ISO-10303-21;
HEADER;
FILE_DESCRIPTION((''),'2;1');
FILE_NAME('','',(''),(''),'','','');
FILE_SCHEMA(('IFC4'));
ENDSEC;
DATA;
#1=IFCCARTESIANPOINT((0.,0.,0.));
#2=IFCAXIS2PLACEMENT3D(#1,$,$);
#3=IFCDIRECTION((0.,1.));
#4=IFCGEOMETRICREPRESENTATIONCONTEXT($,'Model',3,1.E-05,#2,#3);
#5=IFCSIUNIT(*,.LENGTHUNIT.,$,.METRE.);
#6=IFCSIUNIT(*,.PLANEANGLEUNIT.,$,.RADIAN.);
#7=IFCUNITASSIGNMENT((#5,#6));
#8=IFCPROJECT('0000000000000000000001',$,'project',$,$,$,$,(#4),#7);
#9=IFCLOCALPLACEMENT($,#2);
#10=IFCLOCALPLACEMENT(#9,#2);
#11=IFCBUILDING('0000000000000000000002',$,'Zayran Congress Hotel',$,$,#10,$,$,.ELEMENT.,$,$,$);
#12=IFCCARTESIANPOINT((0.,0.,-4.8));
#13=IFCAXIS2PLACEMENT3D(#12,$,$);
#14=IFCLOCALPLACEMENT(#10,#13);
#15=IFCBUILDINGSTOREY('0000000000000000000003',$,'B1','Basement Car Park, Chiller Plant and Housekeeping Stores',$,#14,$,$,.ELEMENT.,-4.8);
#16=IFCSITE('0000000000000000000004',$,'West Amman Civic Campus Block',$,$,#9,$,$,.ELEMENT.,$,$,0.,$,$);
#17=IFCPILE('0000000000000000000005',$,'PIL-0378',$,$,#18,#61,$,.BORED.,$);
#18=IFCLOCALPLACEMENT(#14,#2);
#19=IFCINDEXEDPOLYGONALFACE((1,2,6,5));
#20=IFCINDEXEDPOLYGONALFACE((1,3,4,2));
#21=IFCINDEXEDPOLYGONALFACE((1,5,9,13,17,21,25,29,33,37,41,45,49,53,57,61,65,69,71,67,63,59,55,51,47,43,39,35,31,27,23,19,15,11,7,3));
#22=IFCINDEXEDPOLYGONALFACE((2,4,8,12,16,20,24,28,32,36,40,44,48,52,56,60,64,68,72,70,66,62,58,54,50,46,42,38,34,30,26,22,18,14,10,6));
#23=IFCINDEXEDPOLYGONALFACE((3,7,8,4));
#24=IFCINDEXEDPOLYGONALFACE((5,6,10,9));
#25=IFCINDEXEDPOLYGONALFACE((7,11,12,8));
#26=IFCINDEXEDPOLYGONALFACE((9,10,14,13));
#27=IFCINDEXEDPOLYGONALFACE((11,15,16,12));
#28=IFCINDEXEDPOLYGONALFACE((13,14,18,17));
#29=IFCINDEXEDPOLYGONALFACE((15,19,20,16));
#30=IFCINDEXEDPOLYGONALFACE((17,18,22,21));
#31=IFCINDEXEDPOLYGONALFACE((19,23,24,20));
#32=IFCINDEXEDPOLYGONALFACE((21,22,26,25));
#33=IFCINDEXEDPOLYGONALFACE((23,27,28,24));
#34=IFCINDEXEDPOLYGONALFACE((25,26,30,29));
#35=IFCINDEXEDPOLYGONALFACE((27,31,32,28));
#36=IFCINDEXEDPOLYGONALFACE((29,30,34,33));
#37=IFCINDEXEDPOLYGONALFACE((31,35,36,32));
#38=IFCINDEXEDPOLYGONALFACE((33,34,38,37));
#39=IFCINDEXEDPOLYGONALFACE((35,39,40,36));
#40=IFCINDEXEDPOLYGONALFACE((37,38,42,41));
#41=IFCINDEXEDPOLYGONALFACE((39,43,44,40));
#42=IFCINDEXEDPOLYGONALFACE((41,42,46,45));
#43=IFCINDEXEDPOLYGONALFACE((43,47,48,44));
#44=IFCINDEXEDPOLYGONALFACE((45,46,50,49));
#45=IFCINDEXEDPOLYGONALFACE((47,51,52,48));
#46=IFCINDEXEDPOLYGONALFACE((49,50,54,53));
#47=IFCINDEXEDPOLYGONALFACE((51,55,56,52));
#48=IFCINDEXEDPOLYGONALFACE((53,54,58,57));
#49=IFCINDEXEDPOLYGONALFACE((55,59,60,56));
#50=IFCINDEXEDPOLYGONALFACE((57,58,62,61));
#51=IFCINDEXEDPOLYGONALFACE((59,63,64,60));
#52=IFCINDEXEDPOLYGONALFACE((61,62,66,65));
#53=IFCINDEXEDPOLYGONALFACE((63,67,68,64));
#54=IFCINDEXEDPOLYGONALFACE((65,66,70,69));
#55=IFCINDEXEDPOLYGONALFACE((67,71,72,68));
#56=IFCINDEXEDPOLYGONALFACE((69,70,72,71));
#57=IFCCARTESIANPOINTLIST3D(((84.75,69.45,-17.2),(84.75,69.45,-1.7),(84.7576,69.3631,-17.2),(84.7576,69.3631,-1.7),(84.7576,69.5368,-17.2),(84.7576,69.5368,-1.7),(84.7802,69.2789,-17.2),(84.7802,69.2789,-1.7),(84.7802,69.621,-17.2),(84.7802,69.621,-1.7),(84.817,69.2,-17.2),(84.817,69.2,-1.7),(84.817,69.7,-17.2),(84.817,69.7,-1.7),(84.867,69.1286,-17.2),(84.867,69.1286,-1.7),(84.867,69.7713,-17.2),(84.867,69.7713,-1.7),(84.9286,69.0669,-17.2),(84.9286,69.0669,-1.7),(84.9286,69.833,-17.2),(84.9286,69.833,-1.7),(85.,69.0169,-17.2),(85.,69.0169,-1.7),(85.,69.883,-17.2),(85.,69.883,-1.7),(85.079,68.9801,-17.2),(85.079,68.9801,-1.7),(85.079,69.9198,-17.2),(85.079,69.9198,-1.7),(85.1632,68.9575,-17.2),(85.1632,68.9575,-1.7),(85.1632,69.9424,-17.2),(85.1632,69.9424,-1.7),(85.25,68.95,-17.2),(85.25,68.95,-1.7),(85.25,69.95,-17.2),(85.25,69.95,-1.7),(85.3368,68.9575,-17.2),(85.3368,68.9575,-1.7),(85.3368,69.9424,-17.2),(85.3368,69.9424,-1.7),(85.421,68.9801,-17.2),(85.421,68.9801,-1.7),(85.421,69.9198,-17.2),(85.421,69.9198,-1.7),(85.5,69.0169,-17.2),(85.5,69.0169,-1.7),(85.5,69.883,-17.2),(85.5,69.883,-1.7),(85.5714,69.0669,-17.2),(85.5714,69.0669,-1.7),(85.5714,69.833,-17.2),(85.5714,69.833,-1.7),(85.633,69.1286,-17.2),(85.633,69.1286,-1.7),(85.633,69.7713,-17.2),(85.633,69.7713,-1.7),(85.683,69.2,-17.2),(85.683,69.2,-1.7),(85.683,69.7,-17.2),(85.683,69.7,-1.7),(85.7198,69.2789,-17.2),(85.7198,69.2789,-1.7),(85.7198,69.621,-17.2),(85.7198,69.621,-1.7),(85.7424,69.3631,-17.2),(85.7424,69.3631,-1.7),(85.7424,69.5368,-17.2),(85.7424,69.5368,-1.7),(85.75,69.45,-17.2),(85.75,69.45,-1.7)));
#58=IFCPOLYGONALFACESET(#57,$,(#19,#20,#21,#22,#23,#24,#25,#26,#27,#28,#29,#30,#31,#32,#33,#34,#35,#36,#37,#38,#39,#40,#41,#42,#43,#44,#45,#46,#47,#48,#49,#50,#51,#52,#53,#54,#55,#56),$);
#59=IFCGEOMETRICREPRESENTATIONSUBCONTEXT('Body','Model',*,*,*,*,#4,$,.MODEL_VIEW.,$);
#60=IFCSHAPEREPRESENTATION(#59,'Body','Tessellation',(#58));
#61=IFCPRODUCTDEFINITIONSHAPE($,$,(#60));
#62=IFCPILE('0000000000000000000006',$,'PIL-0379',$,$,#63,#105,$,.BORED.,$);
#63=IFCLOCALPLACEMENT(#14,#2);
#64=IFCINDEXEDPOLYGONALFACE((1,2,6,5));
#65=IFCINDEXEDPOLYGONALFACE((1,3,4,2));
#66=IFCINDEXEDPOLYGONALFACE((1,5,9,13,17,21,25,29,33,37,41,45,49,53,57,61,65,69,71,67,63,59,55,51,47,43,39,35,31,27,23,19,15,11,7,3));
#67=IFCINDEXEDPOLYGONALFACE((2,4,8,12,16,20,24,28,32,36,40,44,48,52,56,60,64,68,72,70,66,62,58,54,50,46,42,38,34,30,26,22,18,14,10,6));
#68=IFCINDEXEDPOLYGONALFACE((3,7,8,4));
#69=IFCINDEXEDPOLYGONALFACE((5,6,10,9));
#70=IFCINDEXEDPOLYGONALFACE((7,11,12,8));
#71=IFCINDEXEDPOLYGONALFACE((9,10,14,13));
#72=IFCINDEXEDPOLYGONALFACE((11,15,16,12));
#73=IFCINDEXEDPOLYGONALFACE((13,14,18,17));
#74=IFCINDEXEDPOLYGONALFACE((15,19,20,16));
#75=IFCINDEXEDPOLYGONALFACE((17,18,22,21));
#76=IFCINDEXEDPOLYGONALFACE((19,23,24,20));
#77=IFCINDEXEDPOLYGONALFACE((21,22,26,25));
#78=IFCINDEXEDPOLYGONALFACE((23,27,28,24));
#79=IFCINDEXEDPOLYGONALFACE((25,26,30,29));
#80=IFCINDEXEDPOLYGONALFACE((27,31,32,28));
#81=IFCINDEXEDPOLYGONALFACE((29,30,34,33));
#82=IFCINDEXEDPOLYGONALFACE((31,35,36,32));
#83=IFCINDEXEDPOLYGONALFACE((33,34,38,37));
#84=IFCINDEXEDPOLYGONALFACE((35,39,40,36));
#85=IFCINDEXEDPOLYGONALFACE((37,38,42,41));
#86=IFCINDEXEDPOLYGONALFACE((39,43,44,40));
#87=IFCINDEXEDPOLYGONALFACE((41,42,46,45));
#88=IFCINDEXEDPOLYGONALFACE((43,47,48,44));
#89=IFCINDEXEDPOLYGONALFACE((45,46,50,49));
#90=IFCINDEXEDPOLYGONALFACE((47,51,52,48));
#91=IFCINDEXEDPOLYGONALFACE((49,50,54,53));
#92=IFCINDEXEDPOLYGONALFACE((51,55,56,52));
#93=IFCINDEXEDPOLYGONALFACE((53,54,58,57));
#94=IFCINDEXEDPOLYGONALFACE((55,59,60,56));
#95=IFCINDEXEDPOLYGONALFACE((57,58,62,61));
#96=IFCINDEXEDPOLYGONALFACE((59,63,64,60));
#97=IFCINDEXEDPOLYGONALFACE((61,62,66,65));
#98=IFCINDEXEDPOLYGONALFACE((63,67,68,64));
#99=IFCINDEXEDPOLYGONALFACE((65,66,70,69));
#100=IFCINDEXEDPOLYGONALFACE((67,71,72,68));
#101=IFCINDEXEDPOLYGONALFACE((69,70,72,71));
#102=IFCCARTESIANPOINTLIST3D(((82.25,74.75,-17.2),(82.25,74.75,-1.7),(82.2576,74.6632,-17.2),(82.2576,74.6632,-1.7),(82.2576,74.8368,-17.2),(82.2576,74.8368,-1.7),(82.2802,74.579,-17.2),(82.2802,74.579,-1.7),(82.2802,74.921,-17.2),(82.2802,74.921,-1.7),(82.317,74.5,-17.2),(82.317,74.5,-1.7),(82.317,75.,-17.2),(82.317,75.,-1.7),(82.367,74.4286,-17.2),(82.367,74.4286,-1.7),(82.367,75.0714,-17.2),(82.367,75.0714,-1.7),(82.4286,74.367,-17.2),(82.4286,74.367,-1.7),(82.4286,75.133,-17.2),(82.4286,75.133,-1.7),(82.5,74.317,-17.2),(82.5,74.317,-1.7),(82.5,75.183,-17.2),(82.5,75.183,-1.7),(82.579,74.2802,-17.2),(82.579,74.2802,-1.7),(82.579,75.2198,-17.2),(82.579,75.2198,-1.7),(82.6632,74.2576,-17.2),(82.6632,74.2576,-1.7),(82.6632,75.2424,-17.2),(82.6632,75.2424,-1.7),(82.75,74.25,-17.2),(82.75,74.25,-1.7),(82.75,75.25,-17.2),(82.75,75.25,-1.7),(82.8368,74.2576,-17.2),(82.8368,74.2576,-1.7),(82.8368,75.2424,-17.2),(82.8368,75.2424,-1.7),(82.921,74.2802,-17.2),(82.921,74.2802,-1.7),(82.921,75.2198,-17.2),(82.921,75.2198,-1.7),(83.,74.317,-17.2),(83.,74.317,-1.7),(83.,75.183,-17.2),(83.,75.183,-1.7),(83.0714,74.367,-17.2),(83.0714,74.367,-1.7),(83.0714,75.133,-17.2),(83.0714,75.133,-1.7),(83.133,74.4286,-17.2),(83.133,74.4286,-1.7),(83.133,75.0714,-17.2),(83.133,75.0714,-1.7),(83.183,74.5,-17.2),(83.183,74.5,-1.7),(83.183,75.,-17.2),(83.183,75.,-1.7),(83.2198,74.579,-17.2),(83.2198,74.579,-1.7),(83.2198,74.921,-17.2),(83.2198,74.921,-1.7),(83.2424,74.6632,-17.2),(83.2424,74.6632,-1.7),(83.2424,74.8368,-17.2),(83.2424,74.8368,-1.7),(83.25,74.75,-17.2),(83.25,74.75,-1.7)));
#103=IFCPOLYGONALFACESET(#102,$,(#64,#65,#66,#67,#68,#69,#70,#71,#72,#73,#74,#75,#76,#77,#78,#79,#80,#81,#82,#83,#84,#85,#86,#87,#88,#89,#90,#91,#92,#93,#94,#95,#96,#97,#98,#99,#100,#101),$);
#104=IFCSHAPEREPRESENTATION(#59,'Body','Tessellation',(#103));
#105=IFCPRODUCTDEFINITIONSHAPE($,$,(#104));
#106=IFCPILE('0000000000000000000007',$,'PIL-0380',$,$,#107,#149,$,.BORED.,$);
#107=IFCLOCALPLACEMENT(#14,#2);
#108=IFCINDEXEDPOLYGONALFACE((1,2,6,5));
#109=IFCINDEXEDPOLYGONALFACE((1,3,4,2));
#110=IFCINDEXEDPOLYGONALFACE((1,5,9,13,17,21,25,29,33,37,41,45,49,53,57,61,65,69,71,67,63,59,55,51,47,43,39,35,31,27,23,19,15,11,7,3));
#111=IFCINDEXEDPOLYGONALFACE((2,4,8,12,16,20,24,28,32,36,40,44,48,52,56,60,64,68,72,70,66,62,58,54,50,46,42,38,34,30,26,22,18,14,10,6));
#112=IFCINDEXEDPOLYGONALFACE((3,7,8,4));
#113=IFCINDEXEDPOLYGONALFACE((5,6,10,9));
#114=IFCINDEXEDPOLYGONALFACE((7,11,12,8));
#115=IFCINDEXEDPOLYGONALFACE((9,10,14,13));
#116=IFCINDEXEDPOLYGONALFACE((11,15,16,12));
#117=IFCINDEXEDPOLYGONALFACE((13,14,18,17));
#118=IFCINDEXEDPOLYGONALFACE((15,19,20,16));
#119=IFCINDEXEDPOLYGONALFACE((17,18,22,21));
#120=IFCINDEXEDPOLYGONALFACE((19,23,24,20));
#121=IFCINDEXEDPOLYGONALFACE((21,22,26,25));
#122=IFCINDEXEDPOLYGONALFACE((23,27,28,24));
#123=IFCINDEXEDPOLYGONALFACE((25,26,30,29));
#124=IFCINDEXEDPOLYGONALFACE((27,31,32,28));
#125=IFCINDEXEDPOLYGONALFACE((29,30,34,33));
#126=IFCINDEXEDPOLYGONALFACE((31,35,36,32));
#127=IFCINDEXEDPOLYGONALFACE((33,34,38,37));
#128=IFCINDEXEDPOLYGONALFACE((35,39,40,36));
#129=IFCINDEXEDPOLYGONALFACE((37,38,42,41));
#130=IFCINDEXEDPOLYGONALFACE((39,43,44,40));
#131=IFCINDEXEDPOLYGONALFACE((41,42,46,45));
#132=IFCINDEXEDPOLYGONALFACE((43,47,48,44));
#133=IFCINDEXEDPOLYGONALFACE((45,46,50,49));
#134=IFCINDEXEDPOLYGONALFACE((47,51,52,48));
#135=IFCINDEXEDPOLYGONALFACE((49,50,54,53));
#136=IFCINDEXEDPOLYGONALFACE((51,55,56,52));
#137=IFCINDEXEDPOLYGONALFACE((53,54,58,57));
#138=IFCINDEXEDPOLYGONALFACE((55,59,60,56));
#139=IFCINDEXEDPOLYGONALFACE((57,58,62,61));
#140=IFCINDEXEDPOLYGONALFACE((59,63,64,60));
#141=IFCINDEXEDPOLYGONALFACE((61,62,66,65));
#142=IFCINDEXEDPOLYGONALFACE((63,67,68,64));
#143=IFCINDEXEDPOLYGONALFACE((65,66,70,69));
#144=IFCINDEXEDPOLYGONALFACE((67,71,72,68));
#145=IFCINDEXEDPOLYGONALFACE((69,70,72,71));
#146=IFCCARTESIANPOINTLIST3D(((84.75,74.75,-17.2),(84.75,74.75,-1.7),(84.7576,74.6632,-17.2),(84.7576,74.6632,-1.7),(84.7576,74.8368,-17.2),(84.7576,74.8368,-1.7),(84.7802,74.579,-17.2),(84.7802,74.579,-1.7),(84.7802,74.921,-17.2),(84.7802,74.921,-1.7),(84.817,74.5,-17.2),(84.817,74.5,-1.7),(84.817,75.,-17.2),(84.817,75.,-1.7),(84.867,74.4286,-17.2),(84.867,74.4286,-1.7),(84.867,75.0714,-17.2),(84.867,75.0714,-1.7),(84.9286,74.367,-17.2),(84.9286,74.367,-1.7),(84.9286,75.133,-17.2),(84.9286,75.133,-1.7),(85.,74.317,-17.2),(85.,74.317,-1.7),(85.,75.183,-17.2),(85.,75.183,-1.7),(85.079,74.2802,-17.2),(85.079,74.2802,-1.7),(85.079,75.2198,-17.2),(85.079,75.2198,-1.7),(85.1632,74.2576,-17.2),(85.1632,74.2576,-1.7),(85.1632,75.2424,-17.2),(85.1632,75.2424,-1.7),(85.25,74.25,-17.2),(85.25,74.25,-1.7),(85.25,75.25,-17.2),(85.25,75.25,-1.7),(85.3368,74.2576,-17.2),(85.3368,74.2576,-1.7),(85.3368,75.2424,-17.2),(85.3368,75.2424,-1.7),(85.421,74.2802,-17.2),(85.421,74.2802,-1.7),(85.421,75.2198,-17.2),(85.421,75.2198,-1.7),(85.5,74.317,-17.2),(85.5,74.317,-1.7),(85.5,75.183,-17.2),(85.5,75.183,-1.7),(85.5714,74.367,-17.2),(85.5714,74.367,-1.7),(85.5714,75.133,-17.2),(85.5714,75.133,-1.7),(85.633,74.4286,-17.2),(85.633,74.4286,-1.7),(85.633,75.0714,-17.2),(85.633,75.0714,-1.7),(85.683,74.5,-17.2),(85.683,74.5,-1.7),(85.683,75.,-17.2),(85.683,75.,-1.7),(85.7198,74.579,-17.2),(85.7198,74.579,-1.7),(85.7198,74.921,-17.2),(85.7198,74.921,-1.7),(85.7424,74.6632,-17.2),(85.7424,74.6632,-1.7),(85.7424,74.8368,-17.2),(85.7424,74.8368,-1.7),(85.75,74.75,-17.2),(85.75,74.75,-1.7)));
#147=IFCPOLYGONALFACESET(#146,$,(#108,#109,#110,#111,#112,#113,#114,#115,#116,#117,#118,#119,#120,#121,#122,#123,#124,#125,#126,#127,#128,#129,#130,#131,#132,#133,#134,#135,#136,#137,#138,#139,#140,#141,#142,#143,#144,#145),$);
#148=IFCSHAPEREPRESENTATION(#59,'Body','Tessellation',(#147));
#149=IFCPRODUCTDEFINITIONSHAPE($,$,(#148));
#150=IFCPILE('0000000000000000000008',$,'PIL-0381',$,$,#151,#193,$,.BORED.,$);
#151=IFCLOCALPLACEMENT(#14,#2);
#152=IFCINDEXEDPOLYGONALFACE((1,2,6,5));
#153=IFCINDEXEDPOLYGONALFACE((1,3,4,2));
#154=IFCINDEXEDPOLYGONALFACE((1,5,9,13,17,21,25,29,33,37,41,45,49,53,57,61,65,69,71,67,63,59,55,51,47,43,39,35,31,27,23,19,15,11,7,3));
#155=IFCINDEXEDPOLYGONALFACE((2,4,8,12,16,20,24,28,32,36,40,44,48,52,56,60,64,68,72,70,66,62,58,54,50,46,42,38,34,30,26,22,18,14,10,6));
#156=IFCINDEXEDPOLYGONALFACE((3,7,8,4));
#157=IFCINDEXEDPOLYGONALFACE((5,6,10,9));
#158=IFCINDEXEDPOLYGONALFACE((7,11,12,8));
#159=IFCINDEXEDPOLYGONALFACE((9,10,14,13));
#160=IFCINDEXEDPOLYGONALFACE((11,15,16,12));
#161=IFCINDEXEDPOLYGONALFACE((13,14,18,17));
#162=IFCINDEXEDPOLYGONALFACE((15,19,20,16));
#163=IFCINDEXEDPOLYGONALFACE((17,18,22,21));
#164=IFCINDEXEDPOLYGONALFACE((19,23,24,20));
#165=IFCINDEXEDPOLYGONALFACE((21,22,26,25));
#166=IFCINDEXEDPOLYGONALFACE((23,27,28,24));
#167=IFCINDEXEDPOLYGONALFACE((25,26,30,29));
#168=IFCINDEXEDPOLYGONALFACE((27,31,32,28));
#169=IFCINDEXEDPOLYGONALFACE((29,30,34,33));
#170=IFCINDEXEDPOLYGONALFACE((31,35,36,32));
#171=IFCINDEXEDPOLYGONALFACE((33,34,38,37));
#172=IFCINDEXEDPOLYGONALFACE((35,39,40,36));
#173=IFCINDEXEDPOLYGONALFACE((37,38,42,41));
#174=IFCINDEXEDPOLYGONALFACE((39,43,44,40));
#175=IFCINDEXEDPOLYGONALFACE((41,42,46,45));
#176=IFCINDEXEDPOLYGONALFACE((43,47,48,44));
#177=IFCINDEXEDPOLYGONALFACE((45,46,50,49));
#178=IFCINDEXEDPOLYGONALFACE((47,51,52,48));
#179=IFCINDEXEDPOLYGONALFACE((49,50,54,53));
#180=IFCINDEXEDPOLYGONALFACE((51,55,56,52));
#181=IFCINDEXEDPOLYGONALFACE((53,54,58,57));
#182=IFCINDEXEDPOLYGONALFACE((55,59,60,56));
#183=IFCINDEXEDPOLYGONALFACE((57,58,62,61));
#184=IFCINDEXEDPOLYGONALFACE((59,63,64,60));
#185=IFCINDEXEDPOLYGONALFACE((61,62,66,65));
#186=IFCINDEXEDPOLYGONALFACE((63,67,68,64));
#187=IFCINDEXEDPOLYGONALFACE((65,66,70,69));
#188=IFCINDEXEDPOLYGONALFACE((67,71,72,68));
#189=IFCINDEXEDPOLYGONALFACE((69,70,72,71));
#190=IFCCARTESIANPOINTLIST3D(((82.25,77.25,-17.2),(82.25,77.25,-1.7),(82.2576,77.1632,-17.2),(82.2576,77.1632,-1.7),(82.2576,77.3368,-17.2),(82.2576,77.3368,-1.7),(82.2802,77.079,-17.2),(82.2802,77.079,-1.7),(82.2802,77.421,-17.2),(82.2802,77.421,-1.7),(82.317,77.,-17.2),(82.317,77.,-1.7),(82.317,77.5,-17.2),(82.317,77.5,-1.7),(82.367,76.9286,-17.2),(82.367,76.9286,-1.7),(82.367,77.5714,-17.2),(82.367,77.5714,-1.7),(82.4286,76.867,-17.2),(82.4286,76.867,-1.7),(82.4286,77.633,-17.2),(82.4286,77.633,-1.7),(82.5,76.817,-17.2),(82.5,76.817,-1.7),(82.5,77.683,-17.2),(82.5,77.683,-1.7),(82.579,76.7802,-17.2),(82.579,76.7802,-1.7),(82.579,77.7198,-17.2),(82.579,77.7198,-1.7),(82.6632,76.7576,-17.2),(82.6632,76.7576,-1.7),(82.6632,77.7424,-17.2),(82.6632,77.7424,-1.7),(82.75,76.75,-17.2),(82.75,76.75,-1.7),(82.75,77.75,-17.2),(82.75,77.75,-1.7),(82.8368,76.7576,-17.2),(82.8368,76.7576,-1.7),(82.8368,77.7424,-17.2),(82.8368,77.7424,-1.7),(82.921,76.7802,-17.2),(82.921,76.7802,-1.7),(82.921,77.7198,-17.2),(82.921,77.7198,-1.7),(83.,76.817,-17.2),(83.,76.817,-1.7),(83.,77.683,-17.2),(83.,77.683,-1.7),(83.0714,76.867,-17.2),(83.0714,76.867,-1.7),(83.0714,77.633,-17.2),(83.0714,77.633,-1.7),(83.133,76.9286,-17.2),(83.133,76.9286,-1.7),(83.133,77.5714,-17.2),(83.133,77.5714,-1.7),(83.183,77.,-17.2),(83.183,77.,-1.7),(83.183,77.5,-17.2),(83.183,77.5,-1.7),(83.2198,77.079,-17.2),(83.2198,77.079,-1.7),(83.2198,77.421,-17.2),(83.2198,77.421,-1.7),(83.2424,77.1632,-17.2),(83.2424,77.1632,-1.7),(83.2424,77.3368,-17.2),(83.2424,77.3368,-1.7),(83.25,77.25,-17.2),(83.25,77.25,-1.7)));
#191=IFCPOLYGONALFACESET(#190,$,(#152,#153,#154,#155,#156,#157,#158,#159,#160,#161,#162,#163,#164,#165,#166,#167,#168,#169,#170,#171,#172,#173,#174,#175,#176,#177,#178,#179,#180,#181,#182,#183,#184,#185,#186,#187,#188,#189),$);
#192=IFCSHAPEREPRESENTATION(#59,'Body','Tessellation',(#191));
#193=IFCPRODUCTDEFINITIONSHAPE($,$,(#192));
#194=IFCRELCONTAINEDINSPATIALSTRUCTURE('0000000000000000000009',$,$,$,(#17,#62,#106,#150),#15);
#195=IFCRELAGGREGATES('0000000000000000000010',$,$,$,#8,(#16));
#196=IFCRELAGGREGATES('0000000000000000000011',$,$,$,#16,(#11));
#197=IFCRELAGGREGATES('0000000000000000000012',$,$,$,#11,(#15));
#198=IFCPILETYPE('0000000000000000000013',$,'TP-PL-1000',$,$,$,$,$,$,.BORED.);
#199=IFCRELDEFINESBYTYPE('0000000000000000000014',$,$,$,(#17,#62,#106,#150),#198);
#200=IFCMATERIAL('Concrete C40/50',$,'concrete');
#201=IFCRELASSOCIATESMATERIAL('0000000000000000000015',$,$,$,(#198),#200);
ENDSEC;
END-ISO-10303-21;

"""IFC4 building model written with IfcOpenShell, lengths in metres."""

from ifc_helpers import new_model, si_unit, direction, frame, origin, origin_2d, place, context, subcontext, project, spatial, circle, extrude, material, material_profile, profile_set, type_object, element, save


model = new_model("IFC4")

# Units and contexts
model_context = context("Model", 3, precision=1e-05, world=origin(), true_north=direction((0.0, 1.0)))
body_context = subcontext(model_context, "Body", "Model", "MODEL_VIEW")
ifc_project = project(units=[si_unit("LENGTHUNIT", "METRE"), si_unit("PLANEANGLEUNIT", "RADIAN")], contexts=[model_context])

# Site, building, storey
site_placement = place(None, origin())
site = spatial("IfcSite", under=ifc_project, at=site_placement, Name="West Amman Civic Campus Block", CompositionType="ELEMENT", RefElevation=0.0)
building_placement = place(site_placement, origin())
building = spatial("IfcBuilding", under=site, at=building_placement, Name="Zayran Congress Hotel", CompositionType="ELEMENT")
storey_placement = place(building_placement, frame((0.0, 0.0, -4.8)))
storey = spatial("IfcBuildingStorey", under=building, at=storey_placement, Name="B1", Description="Basement Car Park, Chiller Plant and Housekeeping Stores", CompositionType="ELEMENT", Elevation=-4.8)

# Piles
ifc_material = material(Name="Concrete C40/50", Category="concrete")
ifc_material_profile_1 = material_profile(ifc_material, circle(Radius=0.5, at=origin_2d()), Name="PILE D1000")
ifc_profile_set_1 = profile_set([ifc_material_profile_1], Name="Concrete C40/50")
pile_type = type_object("IfcPileType", Name="TP-PL-1000", PredefinedType="BORED", material=ifc_profile_set_1)
for number, where, z_axis, x_axis, name in (
    (1, (85.25, 69.45, -1.7), (0.0, 0.0, -1.0), (1.0, 0.0, 0.0), "PIL-0378"),
    (2, (82.75, 74.75, -1.7), (0.0, 0.0, -1.0), (1.0, 0.0, 0.0), "PIL-0379"),
    (3, (85.25, 74.75, -1.7), (0.0, 0.0, -1.0), (1.0, 0.0, 0.0), "PIL-0380"),
    (4, (82.75, 77.25, -1.7), (0.0, 0.0, -1.0), (1.0, 0.0, 0.0), "PIL-0381"),
):
    element("IfcPile", number, at=place(storey_placement, frame(where, z_axis=z_axis, x_axis=x_axis)), inside=storey, type_object=pile_type, Name=name, PredefinedType="BORED", context=body_context, shape_type="SweptSolid", body=[
        extrude(circle(Radius=0.5, at=origin_2d()), origin(), (0.0, 0.0, 1.0), 15.5),
    ])

save(model, "model.ifc")
